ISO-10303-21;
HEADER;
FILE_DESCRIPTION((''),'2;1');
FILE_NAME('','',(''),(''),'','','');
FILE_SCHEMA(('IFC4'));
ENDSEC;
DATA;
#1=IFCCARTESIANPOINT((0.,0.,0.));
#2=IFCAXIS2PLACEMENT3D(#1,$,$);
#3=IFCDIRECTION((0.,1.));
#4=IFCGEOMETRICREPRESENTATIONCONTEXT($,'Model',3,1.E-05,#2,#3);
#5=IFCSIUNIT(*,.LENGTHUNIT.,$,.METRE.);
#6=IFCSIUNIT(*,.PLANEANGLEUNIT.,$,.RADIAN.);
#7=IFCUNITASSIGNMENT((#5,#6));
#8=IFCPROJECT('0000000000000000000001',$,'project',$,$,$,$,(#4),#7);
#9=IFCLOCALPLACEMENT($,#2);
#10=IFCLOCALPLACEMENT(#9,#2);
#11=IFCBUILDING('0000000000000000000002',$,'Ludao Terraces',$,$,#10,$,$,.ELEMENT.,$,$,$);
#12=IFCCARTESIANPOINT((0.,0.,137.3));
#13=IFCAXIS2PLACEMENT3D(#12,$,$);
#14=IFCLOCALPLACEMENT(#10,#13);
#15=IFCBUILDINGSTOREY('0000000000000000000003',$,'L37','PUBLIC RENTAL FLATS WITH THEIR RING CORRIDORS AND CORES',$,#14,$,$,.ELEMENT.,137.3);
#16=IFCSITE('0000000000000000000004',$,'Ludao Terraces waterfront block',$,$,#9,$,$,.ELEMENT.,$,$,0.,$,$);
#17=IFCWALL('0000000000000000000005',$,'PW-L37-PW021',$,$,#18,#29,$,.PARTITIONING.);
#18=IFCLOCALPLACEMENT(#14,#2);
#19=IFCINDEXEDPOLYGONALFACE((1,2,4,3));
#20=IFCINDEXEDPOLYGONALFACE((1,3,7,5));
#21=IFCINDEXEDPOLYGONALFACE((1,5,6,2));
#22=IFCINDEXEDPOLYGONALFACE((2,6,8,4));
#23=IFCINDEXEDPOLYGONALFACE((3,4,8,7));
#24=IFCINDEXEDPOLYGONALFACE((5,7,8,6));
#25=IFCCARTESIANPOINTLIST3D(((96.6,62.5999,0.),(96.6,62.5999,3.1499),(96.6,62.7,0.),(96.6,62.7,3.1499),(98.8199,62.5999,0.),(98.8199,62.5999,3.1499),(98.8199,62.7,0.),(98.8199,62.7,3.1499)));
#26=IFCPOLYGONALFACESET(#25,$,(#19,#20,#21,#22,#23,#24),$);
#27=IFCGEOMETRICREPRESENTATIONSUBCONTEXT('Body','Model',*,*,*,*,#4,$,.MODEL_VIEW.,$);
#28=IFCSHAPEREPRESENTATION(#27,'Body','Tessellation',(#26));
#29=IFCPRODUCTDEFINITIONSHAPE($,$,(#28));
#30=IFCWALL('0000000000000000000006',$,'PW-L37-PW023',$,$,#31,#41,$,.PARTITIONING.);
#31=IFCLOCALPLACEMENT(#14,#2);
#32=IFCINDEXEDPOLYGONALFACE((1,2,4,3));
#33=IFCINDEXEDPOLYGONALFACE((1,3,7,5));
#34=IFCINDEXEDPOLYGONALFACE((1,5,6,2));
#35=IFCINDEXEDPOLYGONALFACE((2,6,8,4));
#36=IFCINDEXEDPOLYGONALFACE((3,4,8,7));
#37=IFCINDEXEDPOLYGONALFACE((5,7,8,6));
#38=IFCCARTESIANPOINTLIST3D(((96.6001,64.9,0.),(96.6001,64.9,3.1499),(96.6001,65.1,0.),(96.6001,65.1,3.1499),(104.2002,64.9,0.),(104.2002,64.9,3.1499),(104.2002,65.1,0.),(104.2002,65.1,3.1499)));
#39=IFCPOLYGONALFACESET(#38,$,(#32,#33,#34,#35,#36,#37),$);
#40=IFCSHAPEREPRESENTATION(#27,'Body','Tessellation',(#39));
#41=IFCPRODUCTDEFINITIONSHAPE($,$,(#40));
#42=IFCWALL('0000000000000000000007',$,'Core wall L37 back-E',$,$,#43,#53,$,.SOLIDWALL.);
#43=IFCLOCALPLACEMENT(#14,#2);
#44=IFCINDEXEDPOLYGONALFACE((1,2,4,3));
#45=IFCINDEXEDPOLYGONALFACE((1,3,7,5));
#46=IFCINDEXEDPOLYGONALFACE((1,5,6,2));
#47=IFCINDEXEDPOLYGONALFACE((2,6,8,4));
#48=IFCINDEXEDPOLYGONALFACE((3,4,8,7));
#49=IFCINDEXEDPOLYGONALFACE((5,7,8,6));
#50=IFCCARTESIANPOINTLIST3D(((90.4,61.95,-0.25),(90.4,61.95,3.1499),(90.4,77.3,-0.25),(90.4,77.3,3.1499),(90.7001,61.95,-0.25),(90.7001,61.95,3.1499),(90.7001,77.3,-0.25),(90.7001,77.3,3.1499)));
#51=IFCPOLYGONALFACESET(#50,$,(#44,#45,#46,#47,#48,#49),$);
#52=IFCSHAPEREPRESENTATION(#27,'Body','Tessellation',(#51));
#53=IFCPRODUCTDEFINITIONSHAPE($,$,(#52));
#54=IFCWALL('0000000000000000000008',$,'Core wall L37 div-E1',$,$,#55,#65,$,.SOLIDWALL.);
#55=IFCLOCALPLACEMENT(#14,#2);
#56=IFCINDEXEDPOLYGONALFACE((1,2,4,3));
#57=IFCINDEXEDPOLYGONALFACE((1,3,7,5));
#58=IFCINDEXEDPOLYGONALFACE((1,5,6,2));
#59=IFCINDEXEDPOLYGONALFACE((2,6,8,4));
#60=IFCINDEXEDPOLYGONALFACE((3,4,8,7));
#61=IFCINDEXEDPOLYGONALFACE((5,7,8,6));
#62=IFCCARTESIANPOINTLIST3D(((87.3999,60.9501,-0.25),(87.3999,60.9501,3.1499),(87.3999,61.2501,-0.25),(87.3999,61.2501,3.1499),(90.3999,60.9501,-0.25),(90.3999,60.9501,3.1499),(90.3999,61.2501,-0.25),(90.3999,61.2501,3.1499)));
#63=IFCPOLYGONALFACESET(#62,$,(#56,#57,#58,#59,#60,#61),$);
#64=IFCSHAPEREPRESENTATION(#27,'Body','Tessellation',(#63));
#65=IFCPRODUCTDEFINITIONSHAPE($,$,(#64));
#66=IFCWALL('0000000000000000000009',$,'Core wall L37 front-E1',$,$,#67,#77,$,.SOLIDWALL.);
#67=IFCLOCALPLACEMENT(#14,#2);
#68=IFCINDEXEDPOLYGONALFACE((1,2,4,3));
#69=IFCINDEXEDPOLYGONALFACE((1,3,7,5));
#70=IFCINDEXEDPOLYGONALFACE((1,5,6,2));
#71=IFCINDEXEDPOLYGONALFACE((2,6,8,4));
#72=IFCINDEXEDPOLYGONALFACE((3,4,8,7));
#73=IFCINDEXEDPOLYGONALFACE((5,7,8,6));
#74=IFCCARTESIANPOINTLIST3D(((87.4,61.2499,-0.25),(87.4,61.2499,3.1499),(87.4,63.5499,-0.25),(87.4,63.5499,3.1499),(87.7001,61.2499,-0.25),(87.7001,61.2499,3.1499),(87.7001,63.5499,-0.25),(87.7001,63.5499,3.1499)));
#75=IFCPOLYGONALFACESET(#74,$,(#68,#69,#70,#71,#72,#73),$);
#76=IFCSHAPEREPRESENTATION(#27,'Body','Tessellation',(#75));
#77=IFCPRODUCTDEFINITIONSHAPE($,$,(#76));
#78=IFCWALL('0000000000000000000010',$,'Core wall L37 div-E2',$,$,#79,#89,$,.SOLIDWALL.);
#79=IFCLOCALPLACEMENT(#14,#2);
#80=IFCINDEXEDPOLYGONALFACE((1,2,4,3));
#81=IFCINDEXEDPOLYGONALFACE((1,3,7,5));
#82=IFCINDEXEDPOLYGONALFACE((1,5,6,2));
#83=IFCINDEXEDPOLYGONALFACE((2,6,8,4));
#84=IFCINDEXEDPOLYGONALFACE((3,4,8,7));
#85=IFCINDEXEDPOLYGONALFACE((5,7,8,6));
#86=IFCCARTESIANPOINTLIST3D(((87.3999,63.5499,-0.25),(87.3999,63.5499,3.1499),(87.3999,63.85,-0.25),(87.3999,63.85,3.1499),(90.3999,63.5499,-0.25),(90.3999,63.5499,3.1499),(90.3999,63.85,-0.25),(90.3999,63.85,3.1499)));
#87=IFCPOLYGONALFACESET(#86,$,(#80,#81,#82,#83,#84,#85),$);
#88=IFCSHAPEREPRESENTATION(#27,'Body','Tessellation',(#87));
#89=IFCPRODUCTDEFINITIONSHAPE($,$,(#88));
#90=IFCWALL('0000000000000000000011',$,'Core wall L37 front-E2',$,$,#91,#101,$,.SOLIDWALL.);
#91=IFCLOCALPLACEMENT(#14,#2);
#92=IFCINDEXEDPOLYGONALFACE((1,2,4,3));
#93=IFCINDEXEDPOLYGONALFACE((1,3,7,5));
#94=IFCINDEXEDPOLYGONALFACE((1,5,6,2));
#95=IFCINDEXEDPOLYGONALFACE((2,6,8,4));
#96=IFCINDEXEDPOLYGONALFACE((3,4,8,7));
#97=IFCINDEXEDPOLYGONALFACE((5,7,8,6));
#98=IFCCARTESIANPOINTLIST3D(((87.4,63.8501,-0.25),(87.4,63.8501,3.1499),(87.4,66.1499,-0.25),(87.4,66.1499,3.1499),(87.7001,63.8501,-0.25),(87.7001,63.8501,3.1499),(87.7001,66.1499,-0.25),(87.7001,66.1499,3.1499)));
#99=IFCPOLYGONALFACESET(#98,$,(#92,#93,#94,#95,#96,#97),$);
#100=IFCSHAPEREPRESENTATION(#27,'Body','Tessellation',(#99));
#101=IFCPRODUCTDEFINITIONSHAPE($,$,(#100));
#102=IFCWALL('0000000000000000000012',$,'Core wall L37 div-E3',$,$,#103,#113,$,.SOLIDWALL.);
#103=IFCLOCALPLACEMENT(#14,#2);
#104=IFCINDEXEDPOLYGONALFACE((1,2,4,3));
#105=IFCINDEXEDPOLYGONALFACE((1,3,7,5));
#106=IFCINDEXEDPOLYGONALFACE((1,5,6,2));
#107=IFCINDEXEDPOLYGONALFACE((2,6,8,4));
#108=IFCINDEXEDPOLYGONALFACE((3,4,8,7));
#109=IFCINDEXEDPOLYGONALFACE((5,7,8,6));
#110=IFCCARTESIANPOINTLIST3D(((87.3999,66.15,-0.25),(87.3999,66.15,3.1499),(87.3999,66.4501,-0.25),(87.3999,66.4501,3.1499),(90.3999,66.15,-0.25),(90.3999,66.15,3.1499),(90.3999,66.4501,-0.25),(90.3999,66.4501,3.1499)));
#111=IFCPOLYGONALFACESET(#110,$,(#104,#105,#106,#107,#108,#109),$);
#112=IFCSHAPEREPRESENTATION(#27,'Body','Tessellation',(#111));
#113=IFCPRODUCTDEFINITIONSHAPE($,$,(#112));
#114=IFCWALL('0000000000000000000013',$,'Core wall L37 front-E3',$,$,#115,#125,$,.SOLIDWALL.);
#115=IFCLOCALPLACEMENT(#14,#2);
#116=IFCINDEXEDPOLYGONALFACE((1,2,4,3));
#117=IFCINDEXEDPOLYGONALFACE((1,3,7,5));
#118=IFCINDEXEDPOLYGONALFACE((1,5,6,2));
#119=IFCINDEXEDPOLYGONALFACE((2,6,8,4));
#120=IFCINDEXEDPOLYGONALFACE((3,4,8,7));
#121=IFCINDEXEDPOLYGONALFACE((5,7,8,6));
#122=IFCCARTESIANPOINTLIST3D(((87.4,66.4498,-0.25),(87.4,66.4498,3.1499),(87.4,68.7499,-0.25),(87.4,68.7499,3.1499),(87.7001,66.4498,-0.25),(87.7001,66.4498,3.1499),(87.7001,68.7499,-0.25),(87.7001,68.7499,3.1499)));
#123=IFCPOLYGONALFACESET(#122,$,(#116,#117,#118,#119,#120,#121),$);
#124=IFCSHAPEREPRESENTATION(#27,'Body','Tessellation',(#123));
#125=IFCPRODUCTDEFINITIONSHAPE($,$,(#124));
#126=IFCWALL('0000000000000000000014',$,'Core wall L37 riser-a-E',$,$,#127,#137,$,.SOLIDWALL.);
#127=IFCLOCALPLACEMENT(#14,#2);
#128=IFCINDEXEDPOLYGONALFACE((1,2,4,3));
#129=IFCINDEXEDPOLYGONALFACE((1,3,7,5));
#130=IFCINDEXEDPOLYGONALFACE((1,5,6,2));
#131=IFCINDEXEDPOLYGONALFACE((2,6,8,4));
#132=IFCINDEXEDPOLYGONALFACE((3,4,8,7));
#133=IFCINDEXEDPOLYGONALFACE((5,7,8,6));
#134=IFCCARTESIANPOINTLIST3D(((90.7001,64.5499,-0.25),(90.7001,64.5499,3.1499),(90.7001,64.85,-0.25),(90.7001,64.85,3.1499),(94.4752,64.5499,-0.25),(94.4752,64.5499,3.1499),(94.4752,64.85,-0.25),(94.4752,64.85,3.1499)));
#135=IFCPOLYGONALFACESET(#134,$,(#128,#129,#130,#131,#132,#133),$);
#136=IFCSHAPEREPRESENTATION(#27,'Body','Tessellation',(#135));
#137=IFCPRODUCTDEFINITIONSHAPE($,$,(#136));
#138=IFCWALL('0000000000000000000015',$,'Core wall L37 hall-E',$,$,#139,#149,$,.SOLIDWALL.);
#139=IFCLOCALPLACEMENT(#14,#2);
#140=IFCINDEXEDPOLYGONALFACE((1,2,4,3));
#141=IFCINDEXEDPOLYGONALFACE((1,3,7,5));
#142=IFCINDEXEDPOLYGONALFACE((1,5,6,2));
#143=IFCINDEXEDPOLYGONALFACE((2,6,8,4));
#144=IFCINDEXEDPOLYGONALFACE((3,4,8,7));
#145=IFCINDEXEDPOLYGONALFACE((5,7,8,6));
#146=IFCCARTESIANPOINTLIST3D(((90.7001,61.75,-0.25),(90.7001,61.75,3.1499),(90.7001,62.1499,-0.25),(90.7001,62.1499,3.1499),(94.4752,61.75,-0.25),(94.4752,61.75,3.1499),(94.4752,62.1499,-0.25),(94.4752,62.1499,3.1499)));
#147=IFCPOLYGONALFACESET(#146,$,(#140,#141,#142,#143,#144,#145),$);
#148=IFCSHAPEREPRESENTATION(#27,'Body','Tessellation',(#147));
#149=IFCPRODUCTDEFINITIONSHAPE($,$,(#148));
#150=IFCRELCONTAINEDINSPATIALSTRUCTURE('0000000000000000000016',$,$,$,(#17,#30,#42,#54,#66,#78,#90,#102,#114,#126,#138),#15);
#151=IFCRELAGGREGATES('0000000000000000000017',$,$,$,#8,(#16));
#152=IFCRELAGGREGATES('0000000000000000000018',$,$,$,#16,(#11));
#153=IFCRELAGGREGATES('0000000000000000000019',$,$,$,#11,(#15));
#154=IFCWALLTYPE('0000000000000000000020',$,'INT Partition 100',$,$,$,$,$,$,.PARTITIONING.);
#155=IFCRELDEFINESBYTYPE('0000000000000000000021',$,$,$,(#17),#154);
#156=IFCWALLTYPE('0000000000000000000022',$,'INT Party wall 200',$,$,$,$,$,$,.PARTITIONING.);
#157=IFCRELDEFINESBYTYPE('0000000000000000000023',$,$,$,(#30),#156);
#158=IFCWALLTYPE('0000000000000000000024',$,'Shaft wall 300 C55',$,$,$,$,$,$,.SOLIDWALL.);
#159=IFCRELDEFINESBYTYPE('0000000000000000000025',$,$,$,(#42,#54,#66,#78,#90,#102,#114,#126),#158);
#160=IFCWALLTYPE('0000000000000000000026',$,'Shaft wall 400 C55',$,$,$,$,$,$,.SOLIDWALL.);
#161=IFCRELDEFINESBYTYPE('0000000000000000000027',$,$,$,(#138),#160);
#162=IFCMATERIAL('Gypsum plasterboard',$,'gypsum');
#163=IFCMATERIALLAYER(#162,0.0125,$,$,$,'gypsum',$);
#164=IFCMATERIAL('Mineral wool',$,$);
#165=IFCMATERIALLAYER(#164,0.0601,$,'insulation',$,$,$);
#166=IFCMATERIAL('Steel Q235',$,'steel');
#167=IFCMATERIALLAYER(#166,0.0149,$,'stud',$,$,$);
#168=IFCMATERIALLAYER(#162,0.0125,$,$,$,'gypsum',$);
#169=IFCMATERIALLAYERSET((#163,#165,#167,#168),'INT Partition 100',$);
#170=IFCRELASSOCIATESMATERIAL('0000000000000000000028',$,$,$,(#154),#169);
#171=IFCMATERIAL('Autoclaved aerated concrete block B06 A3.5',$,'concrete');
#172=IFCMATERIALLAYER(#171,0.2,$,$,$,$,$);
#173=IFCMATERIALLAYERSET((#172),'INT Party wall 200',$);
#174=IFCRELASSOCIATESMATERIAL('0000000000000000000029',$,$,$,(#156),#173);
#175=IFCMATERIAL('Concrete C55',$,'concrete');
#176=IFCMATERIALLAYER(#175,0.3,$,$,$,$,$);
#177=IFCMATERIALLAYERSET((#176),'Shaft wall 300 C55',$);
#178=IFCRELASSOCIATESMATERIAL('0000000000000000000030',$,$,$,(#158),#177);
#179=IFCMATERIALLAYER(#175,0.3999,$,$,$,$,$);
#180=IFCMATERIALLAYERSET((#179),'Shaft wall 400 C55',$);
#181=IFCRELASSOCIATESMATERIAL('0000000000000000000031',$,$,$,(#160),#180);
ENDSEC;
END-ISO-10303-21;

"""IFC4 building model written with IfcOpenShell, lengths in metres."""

from ifc_helpers import new_model, si_unit, direction, frame, frame_2d, origin, place, context, subcontext, project, spatial, rectangle, extrude, material, layer, layer_set, type_object, element, save


model = new_model("IFC4")

# Units and contexts
model_context = context("Model", 3, precision=1e-05, world=origin(), true_north=direction((0.0, 1.0)))
body_context = subcontext(model_context, "Body", "Model", "MODEL_VIEW")
ifc_project = project(units=[si_unit("LENGTHUNIT", "METRE"), si_unit("PLANEANGLEUNIT", "RADIAN")], contexts=[model_context])

# Site, building, storey
site_placement = place(None, origin())
site = spatial("IfcSite", under=ifc_project, at=site_placement, Name="Ludao Terraces waterfront block", CompositionType="ELEMENT", RefElevation=0.0)
building_placement = place(site_placement, origin())
building = spatial("IfcBuilding", under=site, at=building_placement, Name="Ludao Terraces", CompositionType="ELEMENT")
storey_placement = place(building_placement, frame((0.0, 0.0, 137.3)))
storey = spatial("IfcBuildingStorey", under=building, at=storey_placement, Name="L37", Description="PUBLIC RENTAL FLATS WITH THEIR RING CORRIDORS AND CORES", CompositionType="ELEMENT", Elevation=137.3)

# Shared definitions
ifc_material_1 = material(Name="Steel Q235", Category="steel")

# Shared definitions
ifc_material_2 = material(Name="Mineral wool")

# Walls
ifc_material_3 = material(Name="Gypsum plasterboard", Category="gypsum")
ifc_layer_1 = layer(ifc_material_3, 0.0125, Category="gypsum")
ifc_layer_2 = layer(ifc_material_2, 0.0601, Name="insulation")
ifc_layer_3 = layer(ifc_material_1, 0.0149, Name="stud")
ifc_layer_4 = layer(ifc_material_3, 0.0125, Category="gypsum")
ifc_layer_set_1 = layer_set([ifc_layer_1, ifc_layer_2, ifc_layer_3, ifc_layer_4], Name="INT Partition 100")
wall_type_1 = type_object("IfcWallType", Name="INT Partition 100", PredefinedType="PARTITIONING", material=ifc_layer_set_1)
for number, where, z_axis, x_axis, name in (
    (1, (96.6001, 62.6499, 0.0), (0.0, 0.0, 1.0), (1.0, 0.0, 0.0), "PW-L37-PW021"),
):
    element("IfcWall", number, at=place(storey_placement, frame(where, z_axis=z_axis, x_axis=x_axis)), inside=storey, type_object=wall_type_1, Name=name, PredefinedType="PARTITIONING", context=body_context, shape_type="SweptSolid", body=[
        extrude(rectangle(XDim=2.22, YDim=0.1001, at=frame_2d((1.1099, 0.0))), origin(), (0.0, 0.0, 1.0), 3.1499),
    ])
ifc_material_4 = material(Name="Autoclaved aerated concrete block B06 A3.5", Category="concrete")
ifc_layer_5 = layer(ifc_material_4, 0.2)
ifc_layer_set_2 = layer_set([ifc_layer_5], Name="INT Party wall 200")
wall_type_2 = type_object("IfcWallType", Name="INT Party wall 200", PredefinedType="PARTITIONING", material=ifc_layer_set_2)
wall_1_placement = place(storey_placement, frame((96.6001, 65.0, 0.0), z_axis=(0.0, 0.0, 1.0), x_axis=(1.0, 0.0, 0.0)))
element("IfcWall", 2, at=wall_1_placement, inside=storey, type_object=wall_type_2, Name="PW-L37-PW023", PredefinedType="PARTITIONING", context=body_context, shape_type="SweptSolid", body=[
    extrude(rectangle(XDim=7.6001, YDim=0.2, at=frame_2d((3.8, 0.0))), origin(), (0.0, 0.0, 1.0), 3.1499),
])
ifc_material_5 = material(Name="Concrete C55", Category="concrete")
ifc_layer_6 = layer(ifc_material_5, 0.3)
ifc_layer_set_3 = layer_set([ifc_layer_6], Name="Shaft wall 300 C55")
wall_type_3 = type_object("IfcWallType", Name="Shaft wall 300 C55", PredefinedType="SOLIDWALL", material=ifc_layer_set_3)
wall_2_placement = place(storey_placement, frame((90.55, 61.95, -0.25), z_axis=(0.0, 0.0, 1.0), x_axis=(0.0, 1.0, 0.0)))
element("IfcWall", 3, at=wall_2_placement, inside=storey, type_object=wall_type_3, Name="Core wall L37 back-E", PredefinedType="SOLIDWALL", context=body_context, shape_type="SweptSolid", body=[
    extrude(rectangle(XDim=15.3501, YDim=0.3, at=frame_2d((7.675, 0.0))), origin(), (0.0, 0.0, 1.0), 3.3999),
])
wall_3_placement = place(storey_placement, frame((87.3999, 61.1001, -0.25), z_axis=(0.0, 0.0, 1.0), x_axis=(1.0, 0.0, 0.0)))
element("IfcWall", 4, at=wall_3_placement, inside=storey, type_object=wall_type_3, Name="Core wall L37 div-E1", PredefinedType="SOLIDWALL", context=body_context, shape_type="SweptSolid", body=[
    extrude(rectangle(XDim=3.0, YDim=0.3, at=frame_2d((1.5, 0.0))), origin(), (0.0, 0.0, 1.0), 3.3999),
])
wall_4_placement = place(storey_placement, frame((87.55, 61.25, -0.25), z_axis=(0.0, 0.0, 1.0), x_axis=(0.0, 1.0, 0.0)))
element("IfcWall", 5, at=wall_4_placement, inside=storey, type_object=wall_type_3, Name="Core wall L37 front-E1", PredefinedType="SOLIDWALL", context=body_context, shape_type="SweptSolid", body=[
    extrude(rectangle(XDim=2.3, YDim=0.3, at=frame_2d((1.1499, 0.0))), origin(), (0.0, 0.0, 1.0), 3.3999),
])
wall_5_placement = place(storey_placement, frame((87.3999, 63.7, -0.25), z_axis=(0.0, 0.0, 1.0), x_axis=(1.0, 0.0, 0.0)))
element("IfcWall", 6, at=wall_5_placement, inside=storey, type_object=wall_type_3, Name="Core wall L37 div-E2", PredefinedType="SOLIDWALL", context=body_context, shape_type="SweptSolid", body=[
    extrude(rectangle(XDim=3.0, YDim=0.3, at=frame_2d((1.5, 0.0))), origin(), (0.0, 0.0, 1.0), 3.3999),
])
wall_6_placement = place(storey_placement, frame((87.55, 63.8501, -0.25), z_axis=(0.0, 0.0, 1.0), x_axis=(0.0, 1.0, 0.0)))
element("IfcWall", 7, at=wall_6_placement, inside=storey, type_object=wall_type_3, Name="Core wall L37 front-E2", PredefinedType="SOLIDWALL", context=body_context, shape_type="SweptSolid", body=[
    extrude(rectangle(XDim=2.2998, YDim=0.3, at=frame_2d((1.1499, 0.0))), origin(), (0.0, 0.0, 1.0), 3.3999),
])
wall_7_placement = place(storey_placement, frame((87.3999, 66.3, -0.25), z_axis=(0.0, 0.0, 1.0), x_axis=(1.0, 0.0, 0.0)))
element("IfcWall", 8, at=wall_7_placement, inside=storey, type_object=wall_type_3, Name="Core wall L37 div-E3", PredefinedType="SOLIDWALL", context=body_context, shape_type="SweptSolid", body=[
    extrude(rectangle(XDim=3.0, YDim=0.3, at=frame_2d((1.5, 0.0))), origin(), (0.0, 0.0, 1.0), 3.3999),
])
wall_8_placement = place(storey_placement, frame((87.55, 66.45, -0.25), z_axis=(0.0, 0.0, 1.0), x_axis=(0.0, 1.0, 0.0)))
element("IfcWall", 9, at=wall_8_placement, inside=storey, type_object=wall_type_3, Name="Core wall L37 front-E3", PredefinedType="SOLIDWALL", context=body_context, shape_type="SweptSolid", body=[
    extrude(rectangle(XDim=2.3, YDim=0.3, at=frame_2d((1.1499, 0.0))), origin(), (0.0, 0.0, 1.0), 3.3999),
])
wall_9_placement = place(storey_placement, frame((90.7, 64.7, -0.25), z_axis=(0.0, 0.0, 1.0), x_axis=(1.0, 0.0, 0.0)))
element("IfcWall", 10, at=wall_9_placement, inside=storey, type_object=wall_type_3, Name="Core wall L37 riser-a-E", PredefinedType="SOLIDWALL", context=body_context, shape_type="SweptSolid", body=[
    extrude(rectangle(XDim=3.7751, YDim=0.3, at=frame_2d((1.8877, 0.0))), origin(), (0.0, 0.0, 1.0), 3.3999),
])
ifc_layer_7 = layer(ifc_material_5, 0.3999)
ifc_layer_set_4 = layer_set([ifc_layer_7], Name="Shaft wall 400 C55")
wall_type_4 = type_object("IfcWallType", Name="Shaft wall 400 C55", PredefinedType="SOLIDWALL", material=ifc_layer_set_4)
wall_10_placement = place(storey_placement, frame((90.7, 61.95, -0.25), z_axis=(0.0, 0.0, 1.0), x_axis=(1.0, 0.0, 0.0)))
element("IfcWall", 11, at=wall_10_placement, inside=storey, type_object=wall_type_4, Name="Core wall L37 hall-E", PredefinedType="SOLIDWALL", context=body_context, shape_type="SweptSolid", body=[
    extrude(rectangle(XDim=3.7751, YDim=0.3999, at=frame_2d((1.8877, 0.0))), origin(), (0.0, 0.0, 1.0), 3.3999),
])

save(model, "model.ifc")
